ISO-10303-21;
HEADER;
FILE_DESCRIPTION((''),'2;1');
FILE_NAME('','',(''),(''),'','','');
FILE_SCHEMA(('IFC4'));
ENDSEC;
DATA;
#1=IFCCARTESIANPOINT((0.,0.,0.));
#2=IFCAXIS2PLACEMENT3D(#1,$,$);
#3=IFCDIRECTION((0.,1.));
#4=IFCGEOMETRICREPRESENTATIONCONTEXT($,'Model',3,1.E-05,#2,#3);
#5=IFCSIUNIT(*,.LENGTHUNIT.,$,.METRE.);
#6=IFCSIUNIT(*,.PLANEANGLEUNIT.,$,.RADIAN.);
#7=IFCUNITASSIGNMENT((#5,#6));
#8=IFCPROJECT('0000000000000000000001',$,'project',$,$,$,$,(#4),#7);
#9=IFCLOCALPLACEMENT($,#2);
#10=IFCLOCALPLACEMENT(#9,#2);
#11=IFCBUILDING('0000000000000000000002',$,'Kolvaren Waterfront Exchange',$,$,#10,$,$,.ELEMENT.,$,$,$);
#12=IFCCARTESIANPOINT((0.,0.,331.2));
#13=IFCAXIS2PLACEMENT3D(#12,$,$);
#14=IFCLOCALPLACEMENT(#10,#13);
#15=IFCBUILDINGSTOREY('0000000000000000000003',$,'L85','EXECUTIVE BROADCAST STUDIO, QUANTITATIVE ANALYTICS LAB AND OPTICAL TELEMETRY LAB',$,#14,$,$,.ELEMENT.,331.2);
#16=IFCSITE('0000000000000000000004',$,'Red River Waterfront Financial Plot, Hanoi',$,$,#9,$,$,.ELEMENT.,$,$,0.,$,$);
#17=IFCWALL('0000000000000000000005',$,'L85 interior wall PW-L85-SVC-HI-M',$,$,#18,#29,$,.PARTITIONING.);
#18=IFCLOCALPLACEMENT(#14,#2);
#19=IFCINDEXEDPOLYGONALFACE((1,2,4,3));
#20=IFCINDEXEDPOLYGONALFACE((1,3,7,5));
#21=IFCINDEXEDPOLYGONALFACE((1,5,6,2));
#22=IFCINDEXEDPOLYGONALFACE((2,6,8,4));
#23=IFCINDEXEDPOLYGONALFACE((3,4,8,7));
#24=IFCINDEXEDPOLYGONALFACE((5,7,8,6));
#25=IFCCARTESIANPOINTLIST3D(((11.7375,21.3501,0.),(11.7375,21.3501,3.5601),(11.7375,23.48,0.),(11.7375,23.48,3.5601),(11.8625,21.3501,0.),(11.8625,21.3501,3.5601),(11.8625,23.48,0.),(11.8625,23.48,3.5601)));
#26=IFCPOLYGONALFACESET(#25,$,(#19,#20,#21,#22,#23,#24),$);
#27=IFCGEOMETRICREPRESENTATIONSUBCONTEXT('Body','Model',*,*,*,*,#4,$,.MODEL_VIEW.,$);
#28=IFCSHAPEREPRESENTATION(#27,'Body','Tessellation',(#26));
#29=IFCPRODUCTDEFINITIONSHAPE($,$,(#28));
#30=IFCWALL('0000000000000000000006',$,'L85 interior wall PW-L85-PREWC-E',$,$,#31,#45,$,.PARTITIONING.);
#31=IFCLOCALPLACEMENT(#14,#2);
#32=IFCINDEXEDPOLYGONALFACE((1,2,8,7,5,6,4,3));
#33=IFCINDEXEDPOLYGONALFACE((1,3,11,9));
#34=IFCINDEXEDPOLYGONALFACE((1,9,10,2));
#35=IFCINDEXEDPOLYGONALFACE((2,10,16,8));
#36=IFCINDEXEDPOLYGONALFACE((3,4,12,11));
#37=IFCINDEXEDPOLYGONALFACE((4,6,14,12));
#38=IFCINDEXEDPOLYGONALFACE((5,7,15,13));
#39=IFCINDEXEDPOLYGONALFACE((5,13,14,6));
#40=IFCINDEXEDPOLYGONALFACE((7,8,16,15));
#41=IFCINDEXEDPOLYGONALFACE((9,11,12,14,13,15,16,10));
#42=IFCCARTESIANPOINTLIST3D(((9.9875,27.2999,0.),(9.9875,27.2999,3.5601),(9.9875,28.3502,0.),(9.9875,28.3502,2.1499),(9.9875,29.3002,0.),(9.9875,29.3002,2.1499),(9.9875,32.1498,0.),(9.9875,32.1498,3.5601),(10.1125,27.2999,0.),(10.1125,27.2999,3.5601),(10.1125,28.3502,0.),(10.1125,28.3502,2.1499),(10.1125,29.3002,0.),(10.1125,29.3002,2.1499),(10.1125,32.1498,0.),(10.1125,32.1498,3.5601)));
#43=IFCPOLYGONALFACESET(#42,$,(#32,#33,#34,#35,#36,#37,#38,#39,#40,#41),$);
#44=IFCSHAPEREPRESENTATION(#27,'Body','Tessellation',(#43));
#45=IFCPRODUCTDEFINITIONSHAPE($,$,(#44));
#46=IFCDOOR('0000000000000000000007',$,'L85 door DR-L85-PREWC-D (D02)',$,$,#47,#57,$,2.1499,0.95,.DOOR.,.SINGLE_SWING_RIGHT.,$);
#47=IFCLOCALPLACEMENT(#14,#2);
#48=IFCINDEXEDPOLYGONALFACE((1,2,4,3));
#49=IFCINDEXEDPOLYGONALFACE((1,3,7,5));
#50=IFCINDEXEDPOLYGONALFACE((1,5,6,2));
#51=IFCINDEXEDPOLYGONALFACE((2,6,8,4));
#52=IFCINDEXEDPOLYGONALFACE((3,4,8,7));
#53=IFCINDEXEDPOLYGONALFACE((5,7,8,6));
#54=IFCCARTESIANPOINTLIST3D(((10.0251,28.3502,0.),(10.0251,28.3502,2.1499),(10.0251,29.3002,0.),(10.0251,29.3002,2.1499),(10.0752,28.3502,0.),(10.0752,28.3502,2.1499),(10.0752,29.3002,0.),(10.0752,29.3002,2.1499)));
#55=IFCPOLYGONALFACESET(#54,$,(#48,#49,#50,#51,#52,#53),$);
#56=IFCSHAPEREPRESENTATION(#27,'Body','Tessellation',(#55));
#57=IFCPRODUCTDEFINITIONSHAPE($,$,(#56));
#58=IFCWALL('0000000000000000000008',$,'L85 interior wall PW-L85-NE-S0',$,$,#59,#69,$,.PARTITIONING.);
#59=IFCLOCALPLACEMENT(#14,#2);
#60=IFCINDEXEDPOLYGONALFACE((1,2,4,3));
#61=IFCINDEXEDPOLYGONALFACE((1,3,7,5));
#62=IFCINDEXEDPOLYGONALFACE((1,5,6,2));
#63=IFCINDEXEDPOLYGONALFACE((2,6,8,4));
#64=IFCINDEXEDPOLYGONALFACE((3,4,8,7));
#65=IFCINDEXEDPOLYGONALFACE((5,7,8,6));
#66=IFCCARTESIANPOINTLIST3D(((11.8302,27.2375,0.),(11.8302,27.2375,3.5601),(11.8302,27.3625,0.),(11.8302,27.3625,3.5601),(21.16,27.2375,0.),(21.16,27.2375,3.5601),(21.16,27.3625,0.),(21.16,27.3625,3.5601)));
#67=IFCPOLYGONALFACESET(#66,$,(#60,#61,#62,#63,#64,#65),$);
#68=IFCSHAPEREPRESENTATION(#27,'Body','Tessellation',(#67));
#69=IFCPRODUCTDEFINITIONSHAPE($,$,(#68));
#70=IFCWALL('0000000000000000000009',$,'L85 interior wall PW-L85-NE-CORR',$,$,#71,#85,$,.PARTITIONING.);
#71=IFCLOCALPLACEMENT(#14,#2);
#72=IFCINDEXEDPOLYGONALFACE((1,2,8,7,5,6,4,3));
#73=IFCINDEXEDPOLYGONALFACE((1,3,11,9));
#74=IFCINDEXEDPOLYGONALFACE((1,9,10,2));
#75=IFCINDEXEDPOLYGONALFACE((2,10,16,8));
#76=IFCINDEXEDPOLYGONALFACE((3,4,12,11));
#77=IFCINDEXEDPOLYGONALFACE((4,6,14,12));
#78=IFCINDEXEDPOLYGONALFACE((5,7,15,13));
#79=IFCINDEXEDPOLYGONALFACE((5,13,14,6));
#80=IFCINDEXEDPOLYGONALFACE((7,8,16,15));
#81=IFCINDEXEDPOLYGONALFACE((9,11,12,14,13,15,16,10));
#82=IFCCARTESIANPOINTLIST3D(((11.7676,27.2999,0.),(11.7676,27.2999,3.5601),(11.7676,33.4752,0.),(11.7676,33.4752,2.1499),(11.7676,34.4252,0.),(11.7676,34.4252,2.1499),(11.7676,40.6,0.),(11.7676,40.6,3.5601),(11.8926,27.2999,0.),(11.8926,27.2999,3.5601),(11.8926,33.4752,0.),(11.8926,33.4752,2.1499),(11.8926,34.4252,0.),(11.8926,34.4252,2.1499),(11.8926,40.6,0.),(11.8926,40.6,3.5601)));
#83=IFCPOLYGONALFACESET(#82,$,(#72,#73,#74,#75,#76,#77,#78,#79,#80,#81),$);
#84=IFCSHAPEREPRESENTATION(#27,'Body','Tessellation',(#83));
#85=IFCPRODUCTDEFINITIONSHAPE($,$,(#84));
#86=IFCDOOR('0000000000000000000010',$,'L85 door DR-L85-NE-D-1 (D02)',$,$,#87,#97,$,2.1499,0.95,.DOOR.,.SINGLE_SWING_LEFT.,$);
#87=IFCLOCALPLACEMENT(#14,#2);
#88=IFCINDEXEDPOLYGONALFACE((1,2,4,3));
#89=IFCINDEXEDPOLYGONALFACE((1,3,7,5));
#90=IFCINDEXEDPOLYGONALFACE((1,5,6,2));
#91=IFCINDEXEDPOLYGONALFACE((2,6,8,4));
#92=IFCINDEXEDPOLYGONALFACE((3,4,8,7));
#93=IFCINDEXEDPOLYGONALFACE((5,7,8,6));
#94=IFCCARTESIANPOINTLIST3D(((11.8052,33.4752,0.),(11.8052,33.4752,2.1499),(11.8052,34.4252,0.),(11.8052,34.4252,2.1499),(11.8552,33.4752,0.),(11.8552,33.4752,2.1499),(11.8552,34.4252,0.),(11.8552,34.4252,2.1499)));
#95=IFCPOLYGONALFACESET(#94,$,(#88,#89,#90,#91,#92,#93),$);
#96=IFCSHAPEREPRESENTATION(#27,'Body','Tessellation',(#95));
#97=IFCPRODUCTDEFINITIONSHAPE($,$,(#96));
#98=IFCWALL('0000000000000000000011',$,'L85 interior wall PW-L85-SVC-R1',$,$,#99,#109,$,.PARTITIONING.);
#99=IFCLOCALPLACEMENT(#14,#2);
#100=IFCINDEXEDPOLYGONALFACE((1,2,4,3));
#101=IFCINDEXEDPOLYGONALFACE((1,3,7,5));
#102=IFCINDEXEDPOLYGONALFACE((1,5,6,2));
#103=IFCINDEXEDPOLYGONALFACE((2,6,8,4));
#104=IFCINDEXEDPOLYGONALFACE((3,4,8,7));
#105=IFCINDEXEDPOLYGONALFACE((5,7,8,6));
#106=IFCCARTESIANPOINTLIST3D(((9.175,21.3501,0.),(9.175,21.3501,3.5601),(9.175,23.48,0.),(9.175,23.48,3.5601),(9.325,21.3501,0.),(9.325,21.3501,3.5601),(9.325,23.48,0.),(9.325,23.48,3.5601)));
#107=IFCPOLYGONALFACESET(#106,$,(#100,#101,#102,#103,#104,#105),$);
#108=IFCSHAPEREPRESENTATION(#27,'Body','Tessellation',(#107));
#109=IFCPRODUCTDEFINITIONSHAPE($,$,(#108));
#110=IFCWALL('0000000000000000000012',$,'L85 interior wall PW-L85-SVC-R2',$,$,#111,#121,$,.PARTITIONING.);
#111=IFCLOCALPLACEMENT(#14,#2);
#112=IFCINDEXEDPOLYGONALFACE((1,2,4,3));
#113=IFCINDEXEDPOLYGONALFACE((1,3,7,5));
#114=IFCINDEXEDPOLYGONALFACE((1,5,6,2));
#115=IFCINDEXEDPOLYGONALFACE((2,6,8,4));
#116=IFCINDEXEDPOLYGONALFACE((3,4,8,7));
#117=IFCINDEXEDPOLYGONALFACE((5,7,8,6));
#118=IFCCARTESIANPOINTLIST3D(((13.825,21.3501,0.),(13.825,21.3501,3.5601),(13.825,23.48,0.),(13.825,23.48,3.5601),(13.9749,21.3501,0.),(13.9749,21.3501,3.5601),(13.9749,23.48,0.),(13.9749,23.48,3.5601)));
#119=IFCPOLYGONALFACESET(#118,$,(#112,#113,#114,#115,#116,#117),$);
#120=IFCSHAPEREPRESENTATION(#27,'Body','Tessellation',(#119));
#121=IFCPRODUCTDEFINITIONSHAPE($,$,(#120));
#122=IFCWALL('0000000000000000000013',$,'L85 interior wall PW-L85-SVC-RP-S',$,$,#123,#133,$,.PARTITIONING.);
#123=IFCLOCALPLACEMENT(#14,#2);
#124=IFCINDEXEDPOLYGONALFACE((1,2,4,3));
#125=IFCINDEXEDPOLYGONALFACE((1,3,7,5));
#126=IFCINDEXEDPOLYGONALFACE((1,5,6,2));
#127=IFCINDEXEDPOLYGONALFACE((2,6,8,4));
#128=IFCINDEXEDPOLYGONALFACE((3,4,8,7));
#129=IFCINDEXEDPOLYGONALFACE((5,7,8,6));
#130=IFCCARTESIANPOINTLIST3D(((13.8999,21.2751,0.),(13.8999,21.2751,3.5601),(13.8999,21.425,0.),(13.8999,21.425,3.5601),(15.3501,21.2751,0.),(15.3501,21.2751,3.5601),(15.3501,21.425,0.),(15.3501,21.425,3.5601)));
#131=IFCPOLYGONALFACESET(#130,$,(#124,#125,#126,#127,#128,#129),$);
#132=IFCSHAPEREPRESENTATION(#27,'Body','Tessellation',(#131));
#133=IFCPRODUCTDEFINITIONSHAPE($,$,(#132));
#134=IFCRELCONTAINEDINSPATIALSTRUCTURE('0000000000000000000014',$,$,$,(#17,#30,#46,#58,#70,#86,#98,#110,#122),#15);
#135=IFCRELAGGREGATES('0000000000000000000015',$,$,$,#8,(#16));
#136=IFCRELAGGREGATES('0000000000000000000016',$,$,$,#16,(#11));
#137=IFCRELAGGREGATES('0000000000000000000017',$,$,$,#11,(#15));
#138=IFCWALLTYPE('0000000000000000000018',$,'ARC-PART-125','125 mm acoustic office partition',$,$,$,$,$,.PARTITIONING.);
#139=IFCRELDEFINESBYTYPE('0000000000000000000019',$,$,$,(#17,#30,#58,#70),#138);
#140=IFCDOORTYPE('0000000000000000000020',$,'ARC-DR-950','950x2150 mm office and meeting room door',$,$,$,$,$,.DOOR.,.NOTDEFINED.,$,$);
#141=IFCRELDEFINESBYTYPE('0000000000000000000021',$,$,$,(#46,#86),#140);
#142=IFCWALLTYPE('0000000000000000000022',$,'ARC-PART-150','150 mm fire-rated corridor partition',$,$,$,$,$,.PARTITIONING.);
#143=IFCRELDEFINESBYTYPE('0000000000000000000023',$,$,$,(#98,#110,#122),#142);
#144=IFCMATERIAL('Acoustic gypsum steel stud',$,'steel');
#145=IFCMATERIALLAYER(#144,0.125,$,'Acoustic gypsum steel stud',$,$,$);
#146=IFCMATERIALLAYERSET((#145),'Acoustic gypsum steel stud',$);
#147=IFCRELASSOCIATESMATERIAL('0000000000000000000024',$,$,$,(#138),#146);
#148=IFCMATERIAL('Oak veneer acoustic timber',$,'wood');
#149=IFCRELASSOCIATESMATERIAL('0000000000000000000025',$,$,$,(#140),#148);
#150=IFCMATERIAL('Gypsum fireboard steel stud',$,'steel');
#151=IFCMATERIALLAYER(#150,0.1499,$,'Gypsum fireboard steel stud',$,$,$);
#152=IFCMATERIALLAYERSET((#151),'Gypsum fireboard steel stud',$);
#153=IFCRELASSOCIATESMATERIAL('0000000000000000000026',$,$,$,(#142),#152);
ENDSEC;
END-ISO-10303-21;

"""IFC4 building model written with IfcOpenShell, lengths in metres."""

from ifc_helpers import new_model, si_unit, direction, frame, frame_2d, origin, place, context, subcontext, project, spatial, rectangle, extrude, material, layer, layer_set, type_object, element, fill, save


model = new_model("IFC4")

# Units and contexts
model_context = context("Model", 3, precision=1e-05, world=origin(), true_north=direction((0.0, 1.0)))
body_context = subcontext(model_context, "Body", "Model", "MODEL_VIEW")
ifc_project = project(units=[si_unit("LENGTHUNIT", "METRE"), si_unit("PLANEANGLEUNIT", "RADIAN")], contexts=[model_context])

# Site, building, storey
site_placement = place(None, origin())
site = spatial("IfcSite", under=ifc_project, at=site_placement, Name="Red River Waterfront Financial Plot, Hanoi", CompositionType="ELEMENT", RefElevation=0.0)
building_placement = place(site_placement, origin())
building = spatial("IfcBuilding", under=site, at=building_placement, Name="Kolvaren Waterfront Exchange", CompositionType="ELEMENT")
storey_placement = place(building_placement, frame((0.0, 0.0, 331.2)))
storey = spatial("IfcBuildingStorey", under=building, at=storey_placement, Name="L85", Description="EXECUTIVE BROADCAST STUDIO, QUANTITATIVE ANALYTICS LAB AND OPTICAL TELEMETRY LAB", CompositionType="ELEMENT", Elevation=331.2)

# Shared definitions
ifc_material_1 = material(Name="Acoustic gypsum steel stud", Category="steel")
ifc_layer_1 = layer(ifc_material_1, 0.125, Name="Acoustic gypsum steel stud")
ifc_layer_set_1 = layer_set([ifc_layer_1], Name="Acoustic gypsum steel stud")
wall_type_1 = type_object("IfcWallType", Name="ARC-PART-125", Description="125 mm acoustic office partition", PredefinedType="PARTITIONING", material=ifc_layer_set_1)

# Wall
wall_1_placement = place(storey_placement, frame((11.8, 21.3501, 0.0), z_axis=(0.0, 0.0, 1.0), x_axis=(0.0, 1.0, 0.0)))
element("IfcWall", 1, at=wall_1_placement, inside=storey, type_object=wall_type_1, Name="L85 interior wall PW-L85-SVC-HI-M", PredefinedType="PARTITIONING", context=body_context, shape_type="SweptSolid", body=[
    extrude(rectangle(XDim=2.1299, YDim=0.125, at=frame_2d((1.0649, 0.0))), origin(), (0.0, 0.0, 1.0), 3.5601),
])

# Wall, opening, door
wall_2_placement = place(storey_placement, frame((10.05, 27.3, 0.0), z_axis=(0.0, 0.0, 1.0), x_axis=(0.0, 1.0, 0.0)))
wall_2 = element("IfcWall", 2, at=wall_2_placement, inside=storey, type_object=wall_type_1, Name="L85 interior wall PW-L85-PREWC-E", PredefinedType="PARTITIONING", context=body_context, shape_type="SweptSolid", body=[
    extrude(rectangle(XDim=4.8499, YDim=0.125, at=frame_2d((2.4248, 0.0))), origin(), (0.0, 0.0, 1.0), 3.5601),
])
opening_1_placement = place(wall_2_placement, frame((1.05, 0.0, 0.0)))
opening_1 = element("IfcOpeningElement", 3, at=opening_1_placement, cuts=wall_2, PredefinedType="OPENING", context=body_context, shape_type="SweptSolid", body=[
    extrude(rectangle(XDim=0.95, YDim=2.1499, at=frame_2d((0.4751, 1.075))), frame((0.0, 0.0725, 0.0), z_axis=(0.0, -1.0, 0.0), x_axis=(1.0, 0.0, 0.0)), (0.0, 0.0, 1.0), 0.145),
])
ifc_material_2 = material(Name="Oak veneer acoustic timber", Category="wood")
door_type_1 = type_object("IfcDoorType", Name="ARC-DR-950", Description="950x2150 mm office and meeting room door", OperationType="NOTDEFINED", PredefinedType="DOOR", material=ifc_material_2)
door_1_placement = place(opening_1_placement, origin())
door_1 = element("IfcDoor", 4, at=door_1_placement, inside=storey, type_object=door_type_1, Name="L85 door DR-L85-PREWC-D (D02)", OperationType="SINGLE_SWING_RIGHT", OverallHeight=2.1499, OverallWidth=0.95, PredefinedType="DOOR", context=body_context, shape_type="SweptSolid", body=[
    extrude(rectangle(XDim=0.95, YDim=2.1499, at=frame_2d((0.4751, 1.075))), frame((0.0, 0.0249, 0.0), z_axis=(0.0, -1.0, 0.0), x_axis=(1.0, 0.0, 0.0)), (0.0, 0.0, 1.0), 0.05),
])
fill(opening_1, door_1)

# Wall
wall_3_placement = place(storey_placement, frame((11.8301, 27.3, 0.0), z_axis=(0.0, 0.0, 1.0), x_axis=(1.0, 0.0, 0.0)))
element("IfcWall", 5, at=wall_3_placement, inside=storey, type_object=wall_type_1, Name="L85 interior wall PW-L85-NE-S0", PredefinedType="PARTITIONING", context=body_context, shape_type="SweptSolid", body=[
    extrude(rectangle(XDim=9.3298, YDim=0.125, at=frame_2d((4.665, 0.0))), origin(), (0.0, 0.0, 1.0), 3.5601),
])

# Wall, opening, door
wall_4_placement = place(storey_placement, frame((11.8301, 27.3, 0.0), z_axis=(0.0, 0.0, 1.0), x_axis=(0.0, 1.0, 0.0)))
wall_4 = element("IfcWall", 6, at=wall_4_placement, inside=storey, type_object=wall_type_1, Name="L85 interior wall PW-L85-NE-CORR", PredefinedType="PARTITIONING", context=body_context, shape_type="SweptSolid", body=[
    extrude(rectangle(XDim=13.3, YDim=0.125, at=frame_2d((6.6499, 0.0))), origin(), (0.0, 0.0, 1.0), 3.5601),
])
opening_2_placement = place(wall_4_placement, frame((6.175, 0.0, 0.0)))
opening_2 = element("IfcOpeningElement", 7, at=opening_2_placement, cuts=wall_4, PredefinedType="OPENING", context=body_context, shape_type="SweptSolid", body=[
    extrude(rectangle(XDim=0.95, YDim=2.1499, at=frame_2d((0.4751, 1.075))), frame((0.0, 0.0725, 0.0), z_axis=(0.0, -1.0, 0.0), x_axis=(1.0, 0.0, 0.0)), (0.0, 0.0, 1.0), 0.145),
])
door_2_placement = place(opening_2_placement, origin())
door_2 = element("IfcDoor", 8, at=door_2_placement, inside=storey, type_object=door_type_1, Name="L85 door DR-L85-NE-D-1 (D02)", OperationType="SINGLE_SWING_LEFT", OverallHeight=2.1499, OverallWidth=0.95, PredefinedType="DOOR", context=body_context, shape_type="SweptSolid", body=[
    extrude(rectangle(XDim=0.95, YDim=2.1499, at=frame_2d((0.4751, 1.075))), frame((0.0, 0.0249, 0.0), z_axis=(0.0, -1.0, 0.0), x_axis=(1.0, 0.0, 0.0)), (0.0, 0.0, 1.0), 0.05),
])
fill(opening_2, door_2)

# Walls
ifc_material_3 = material(Name="Gypsum fireboard steel stud", Category="steel")
ifc_layer_2 = layer(ifc_material_3, 0.1499, Name="Gypsum fireboard steel stud")
ifc_layer_set_2 = layer_set([ifc_layer_2], Name="Gypsum fireboard steel stud")
wall_type_2 = type_object("IfcWallType", Name="ARC-PART-150", Description="150 mm fire-rated corridor partition", PredefinedType="PARTITIONING", material=ifc_layer_set_2)
for number, where, z_axis, x_axis, name in (
    (9, (9.25, 21.3501, 0.0), (0.0, 0.0, 1.0), (0.0, 1.0, 0.0), "L85 interior wall PW-L85-SVC-R1"),
    (10, (13.8999, 21.3501, 0.0), (0.0, 0.0, 1.0), (0.0, 1.0, 0.0), "L85 interior wall PW-L85-SVC-R2"),
):
    element("IfcWall", number, at=place(storey_placement, frame(where, z_axis=z_axis, x_axis=x_axis)), inside=storey, type_object=wall_type_2, Name=name, PredefinedType="PARTITIONING", context=body_context, shape_type="SweptSolid", body=[
        extrude(rectangle(XDim=2.1299, YDim=0.1499, at=frame_2d((1.0649, 0.0))), origin(), (0.0, 0.0, 1.0), 3.5601),
    ])
wall_5_placement = place(storey_placement, frame((13.8999, 21.3501, 0.0), z_axis=(0.0, 0.0, 1.0), x_axis=(1.0, 0.0, 0.0)))
element("IfcWall", 11, at=wall_5_placement, inside=storey, type_object=wall_type_2, Name="L85 interior wall PW-L85-SVC-RP-S", PredefinedType="PARTITIONING", context=body_context, shape_type="SweptSolid", body=[
    extrude(rectangle(XDim=1.4502, YDim=0.1499, at=frame_2d((0.7251, 0.0))), origin(), (0.0, 0.0, 1.0), 3.5601),
])

save(model, "model.ifc")
